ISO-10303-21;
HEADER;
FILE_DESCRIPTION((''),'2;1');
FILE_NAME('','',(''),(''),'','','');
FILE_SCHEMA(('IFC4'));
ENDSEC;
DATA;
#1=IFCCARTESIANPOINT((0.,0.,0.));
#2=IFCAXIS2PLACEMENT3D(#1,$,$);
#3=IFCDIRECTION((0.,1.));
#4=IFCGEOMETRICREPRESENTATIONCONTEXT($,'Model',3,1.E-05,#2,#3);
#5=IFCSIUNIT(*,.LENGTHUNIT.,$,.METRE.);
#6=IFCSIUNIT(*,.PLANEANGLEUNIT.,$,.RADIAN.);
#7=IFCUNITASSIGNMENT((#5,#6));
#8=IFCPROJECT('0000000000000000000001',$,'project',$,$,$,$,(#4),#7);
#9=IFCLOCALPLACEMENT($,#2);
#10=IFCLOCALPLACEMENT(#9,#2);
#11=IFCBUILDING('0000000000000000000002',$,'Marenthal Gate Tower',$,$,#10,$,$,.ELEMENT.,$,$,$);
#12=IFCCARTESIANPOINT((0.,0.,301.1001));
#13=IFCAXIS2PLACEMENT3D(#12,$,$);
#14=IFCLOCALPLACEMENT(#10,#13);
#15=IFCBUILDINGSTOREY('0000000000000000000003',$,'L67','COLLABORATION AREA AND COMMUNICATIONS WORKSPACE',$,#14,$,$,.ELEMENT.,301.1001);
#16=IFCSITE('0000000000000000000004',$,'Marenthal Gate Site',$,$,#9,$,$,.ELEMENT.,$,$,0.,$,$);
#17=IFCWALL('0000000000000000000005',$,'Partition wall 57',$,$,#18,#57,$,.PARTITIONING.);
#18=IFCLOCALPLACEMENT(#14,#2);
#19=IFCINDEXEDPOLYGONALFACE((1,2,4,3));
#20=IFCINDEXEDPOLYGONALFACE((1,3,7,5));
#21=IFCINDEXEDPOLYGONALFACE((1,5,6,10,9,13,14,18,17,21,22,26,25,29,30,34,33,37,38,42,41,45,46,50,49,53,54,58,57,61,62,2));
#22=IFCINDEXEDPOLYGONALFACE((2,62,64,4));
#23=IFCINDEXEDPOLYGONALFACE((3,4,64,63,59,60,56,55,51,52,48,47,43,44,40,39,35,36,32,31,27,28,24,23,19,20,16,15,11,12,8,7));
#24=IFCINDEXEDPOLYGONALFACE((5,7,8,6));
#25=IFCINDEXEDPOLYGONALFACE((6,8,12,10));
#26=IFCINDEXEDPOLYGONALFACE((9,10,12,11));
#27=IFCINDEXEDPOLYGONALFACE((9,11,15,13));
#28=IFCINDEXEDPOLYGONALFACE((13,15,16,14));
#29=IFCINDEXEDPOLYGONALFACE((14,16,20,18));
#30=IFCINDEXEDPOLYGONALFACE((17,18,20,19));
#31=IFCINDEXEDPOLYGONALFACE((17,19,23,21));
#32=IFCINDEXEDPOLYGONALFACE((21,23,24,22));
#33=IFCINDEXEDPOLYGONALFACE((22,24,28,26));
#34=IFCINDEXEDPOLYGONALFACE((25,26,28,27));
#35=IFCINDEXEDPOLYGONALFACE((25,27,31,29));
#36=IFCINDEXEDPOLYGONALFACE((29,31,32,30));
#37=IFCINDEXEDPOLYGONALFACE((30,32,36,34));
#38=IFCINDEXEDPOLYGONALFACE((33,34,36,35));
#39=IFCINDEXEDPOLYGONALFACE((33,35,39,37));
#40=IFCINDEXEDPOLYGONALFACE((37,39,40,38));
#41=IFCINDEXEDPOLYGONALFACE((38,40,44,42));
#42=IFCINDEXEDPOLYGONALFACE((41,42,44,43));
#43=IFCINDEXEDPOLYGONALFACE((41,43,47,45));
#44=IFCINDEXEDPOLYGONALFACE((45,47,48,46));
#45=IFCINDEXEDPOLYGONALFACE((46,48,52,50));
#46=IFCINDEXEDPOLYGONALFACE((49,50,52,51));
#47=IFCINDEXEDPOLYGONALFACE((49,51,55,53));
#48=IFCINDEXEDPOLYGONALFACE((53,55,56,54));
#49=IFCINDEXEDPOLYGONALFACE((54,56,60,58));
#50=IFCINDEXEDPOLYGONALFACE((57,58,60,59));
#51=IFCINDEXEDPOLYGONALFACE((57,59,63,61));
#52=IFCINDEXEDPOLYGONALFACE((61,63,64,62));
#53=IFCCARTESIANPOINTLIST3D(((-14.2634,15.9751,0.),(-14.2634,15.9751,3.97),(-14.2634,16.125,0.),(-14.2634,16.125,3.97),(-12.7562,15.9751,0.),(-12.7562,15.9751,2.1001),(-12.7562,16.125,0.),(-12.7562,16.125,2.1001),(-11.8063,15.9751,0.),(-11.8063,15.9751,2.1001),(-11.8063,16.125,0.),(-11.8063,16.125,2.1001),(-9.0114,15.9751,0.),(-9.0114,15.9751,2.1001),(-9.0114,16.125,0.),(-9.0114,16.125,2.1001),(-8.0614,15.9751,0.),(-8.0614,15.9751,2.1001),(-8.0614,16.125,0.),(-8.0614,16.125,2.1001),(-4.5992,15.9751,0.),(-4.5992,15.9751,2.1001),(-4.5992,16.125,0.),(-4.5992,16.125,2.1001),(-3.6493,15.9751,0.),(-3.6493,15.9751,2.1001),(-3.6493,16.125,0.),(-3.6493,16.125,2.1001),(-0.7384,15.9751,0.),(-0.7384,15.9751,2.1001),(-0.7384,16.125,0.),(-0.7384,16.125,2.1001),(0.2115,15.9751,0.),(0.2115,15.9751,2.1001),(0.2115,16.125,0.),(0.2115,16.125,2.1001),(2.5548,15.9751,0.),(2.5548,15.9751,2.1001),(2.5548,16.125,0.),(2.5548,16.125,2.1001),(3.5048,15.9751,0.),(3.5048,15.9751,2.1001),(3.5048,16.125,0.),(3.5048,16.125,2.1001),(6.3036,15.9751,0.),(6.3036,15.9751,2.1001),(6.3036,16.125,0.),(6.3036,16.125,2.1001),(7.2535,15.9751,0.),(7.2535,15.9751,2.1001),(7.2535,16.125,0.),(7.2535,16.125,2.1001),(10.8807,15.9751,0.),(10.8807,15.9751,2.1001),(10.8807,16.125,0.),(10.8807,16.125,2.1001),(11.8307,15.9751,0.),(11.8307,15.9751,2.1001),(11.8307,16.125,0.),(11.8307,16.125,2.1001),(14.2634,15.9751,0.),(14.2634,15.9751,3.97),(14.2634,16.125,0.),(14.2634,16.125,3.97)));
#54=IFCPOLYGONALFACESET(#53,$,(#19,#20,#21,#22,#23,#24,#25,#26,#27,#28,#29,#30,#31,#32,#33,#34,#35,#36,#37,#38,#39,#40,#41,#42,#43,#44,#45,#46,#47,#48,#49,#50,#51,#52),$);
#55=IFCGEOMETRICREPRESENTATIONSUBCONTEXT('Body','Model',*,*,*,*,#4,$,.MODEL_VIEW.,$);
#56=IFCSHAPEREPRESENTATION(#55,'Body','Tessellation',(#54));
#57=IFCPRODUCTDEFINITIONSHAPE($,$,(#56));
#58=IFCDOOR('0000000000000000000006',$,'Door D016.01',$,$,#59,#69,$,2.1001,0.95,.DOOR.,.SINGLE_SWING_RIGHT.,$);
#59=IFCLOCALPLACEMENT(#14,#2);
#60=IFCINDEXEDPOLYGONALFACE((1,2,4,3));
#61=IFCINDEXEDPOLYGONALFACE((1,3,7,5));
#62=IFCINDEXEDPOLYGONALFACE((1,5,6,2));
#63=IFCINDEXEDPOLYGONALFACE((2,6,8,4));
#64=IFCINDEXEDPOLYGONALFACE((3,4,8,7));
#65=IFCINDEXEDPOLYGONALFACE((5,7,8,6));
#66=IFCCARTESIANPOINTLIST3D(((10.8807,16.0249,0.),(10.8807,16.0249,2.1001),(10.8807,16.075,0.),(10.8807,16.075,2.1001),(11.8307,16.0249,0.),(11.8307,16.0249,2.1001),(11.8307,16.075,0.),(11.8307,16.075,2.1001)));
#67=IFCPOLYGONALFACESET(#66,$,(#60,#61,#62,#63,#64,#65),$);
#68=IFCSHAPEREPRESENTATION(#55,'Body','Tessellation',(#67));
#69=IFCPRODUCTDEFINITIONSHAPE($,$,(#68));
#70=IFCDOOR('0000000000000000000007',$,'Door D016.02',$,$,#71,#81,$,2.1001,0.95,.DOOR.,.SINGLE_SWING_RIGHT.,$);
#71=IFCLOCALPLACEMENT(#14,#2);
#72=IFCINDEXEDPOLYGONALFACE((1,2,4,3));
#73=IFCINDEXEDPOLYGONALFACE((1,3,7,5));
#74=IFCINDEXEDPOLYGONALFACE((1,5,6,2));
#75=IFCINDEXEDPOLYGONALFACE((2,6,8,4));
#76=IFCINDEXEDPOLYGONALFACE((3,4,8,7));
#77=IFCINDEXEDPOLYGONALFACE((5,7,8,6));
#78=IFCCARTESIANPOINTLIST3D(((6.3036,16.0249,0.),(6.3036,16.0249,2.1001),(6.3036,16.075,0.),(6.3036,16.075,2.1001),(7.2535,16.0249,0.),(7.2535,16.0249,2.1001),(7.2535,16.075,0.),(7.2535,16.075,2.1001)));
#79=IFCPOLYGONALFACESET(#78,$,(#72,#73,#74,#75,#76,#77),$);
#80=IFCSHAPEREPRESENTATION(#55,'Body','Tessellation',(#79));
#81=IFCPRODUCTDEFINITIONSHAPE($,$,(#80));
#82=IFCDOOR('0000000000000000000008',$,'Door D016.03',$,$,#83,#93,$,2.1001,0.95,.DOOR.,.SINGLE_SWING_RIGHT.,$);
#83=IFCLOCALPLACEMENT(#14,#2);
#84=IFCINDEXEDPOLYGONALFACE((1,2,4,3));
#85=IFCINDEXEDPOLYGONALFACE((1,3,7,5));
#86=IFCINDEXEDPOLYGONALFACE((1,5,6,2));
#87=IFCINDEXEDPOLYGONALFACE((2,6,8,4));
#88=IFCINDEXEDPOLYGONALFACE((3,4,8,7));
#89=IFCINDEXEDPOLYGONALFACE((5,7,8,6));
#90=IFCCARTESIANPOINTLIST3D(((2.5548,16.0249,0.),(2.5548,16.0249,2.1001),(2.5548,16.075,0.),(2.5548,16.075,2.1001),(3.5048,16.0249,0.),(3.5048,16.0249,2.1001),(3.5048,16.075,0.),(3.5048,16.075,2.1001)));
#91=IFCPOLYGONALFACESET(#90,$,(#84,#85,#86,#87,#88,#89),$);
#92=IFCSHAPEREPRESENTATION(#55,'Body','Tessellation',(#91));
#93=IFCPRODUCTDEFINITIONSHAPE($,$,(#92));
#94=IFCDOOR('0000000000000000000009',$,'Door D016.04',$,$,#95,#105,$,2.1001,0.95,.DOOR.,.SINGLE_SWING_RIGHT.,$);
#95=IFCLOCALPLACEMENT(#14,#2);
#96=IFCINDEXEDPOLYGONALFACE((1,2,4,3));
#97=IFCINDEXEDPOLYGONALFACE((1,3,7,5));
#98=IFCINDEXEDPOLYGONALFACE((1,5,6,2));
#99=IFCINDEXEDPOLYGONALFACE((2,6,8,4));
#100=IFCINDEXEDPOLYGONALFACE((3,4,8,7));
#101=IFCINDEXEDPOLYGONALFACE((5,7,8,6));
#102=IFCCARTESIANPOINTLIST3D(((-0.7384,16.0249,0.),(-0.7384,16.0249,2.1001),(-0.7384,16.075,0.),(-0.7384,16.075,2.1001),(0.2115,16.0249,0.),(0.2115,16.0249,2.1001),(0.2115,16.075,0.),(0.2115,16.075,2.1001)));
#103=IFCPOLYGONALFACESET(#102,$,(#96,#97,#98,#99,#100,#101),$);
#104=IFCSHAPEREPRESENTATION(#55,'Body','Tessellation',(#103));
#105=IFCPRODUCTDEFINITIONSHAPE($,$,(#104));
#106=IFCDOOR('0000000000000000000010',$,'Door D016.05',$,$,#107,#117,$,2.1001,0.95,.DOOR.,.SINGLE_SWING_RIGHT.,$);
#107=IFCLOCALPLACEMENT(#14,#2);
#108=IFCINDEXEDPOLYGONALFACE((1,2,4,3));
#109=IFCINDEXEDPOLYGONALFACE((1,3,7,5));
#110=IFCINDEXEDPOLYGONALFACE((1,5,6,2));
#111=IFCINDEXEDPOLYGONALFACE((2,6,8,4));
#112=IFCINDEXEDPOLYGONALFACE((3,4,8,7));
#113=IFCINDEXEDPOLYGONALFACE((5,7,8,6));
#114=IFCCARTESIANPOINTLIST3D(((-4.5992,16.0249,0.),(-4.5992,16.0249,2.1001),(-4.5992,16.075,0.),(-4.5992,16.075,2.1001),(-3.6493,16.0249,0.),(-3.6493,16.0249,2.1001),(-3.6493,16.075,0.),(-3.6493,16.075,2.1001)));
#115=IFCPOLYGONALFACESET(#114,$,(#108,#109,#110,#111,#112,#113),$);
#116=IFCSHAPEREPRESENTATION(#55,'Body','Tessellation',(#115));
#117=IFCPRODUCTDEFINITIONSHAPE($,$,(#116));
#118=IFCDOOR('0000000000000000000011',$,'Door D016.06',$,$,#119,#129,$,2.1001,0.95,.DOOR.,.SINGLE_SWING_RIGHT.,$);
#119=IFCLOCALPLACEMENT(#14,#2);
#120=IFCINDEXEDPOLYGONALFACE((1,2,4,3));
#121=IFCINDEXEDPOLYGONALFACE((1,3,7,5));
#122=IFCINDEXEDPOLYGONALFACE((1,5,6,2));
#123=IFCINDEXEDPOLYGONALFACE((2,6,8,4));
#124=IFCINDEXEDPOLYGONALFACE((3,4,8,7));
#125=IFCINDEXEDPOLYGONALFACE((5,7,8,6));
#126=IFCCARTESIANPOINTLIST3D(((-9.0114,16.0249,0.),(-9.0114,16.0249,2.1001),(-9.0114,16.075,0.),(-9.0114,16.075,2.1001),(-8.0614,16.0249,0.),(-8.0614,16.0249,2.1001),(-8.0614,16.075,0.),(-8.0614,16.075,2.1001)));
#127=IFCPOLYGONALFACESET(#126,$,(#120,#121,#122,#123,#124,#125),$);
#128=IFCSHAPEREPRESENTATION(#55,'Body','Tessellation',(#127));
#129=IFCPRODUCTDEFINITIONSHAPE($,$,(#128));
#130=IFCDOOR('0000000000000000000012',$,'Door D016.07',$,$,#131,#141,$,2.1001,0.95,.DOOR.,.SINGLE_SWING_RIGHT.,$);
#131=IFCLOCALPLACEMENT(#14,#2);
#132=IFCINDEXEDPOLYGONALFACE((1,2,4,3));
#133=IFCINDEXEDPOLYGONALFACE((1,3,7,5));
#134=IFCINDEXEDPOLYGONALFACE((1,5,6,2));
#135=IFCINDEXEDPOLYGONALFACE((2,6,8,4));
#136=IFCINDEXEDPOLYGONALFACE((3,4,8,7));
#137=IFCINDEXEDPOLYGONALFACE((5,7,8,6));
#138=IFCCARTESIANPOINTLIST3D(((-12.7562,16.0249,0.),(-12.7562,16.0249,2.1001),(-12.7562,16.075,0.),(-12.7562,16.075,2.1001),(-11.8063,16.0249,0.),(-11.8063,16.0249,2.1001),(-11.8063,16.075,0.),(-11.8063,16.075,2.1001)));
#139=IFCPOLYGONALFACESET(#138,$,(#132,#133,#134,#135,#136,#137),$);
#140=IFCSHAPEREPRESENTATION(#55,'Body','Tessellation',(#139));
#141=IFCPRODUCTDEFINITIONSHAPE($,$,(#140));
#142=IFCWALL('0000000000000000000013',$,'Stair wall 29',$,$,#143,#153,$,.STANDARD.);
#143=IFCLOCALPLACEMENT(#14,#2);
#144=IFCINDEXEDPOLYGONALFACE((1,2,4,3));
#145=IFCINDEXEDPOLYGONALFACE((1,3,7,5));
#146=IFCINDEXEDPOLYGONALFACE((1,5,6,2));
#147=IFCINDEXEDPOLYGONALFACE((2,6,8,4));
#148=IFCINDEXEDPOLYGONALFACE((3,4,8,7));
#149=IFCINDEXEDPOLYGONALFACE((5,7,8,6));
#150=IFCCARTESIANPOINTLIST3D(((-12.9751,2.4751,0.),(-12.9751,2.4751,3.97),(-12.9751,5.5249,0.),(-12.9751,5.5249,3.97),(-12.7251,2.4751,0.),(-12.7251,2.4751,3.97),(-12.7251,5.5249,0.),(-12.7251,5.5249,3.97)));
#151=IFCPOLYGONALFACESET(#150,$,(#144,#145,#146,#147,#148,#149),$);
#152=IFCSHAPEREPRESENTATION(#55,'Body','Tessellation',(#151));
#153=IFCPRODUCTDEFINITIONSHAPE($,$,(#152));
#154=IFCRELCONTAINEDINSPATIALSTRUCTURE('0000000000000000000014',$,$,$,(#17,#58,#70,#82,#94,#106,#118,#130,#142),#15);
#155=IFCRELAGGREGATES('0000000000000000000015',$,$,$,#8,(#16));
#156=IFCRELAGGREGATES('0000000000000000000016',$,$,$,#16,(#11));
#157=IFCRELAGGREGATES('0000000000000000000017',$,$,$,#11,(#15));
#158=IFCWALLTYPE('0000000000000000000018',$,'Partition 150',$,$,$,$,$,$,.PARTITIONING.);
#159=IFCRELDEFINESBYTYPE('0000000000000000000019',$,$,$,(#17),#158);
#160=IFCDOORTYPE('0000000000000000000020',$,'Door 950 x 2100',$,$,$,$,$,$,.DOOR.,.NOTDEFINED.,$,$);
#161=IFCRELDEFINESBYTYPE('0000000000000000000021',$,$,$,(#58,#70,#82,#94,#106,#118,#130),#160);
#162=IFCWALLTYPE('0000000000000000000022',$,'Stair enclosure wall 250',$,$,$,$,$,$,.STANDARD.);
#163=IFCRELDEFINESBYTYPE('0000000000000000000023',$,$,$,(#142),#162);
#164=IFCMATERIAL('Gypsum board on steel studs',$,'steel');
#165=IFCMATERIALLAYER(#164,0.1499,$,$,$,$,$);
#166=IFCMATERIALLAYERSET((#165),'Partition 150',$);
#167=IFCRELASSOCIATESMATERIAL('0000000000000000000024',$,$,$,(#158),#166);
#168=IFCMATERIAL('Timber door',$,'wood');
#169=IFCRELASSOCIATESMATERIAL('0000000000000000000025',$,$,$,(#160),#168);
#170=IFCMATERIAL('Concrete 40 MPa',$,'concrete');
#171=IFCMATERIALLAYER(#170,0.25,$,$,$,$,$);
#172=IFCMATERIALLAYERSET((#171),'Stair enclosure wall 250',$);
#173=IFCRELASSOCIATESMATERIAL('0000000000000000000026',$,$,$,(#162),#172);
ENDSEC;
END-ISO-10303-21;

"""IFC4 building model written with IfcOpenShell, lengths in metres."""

from ifc_helpers import new_model, si_unit, direction, frame, frame_2d, origin, place, context, subcontext, project, spatial, rectangle, extrude, material, layer, layer_set, type_object, element, fill, save


model = new_model("IFC4")

# Units and contexts
model_context = context("Model", 3, precision=1e-05, world=origin(), true_north=direction((0.0, 1.0)))
body_context = subcontext(model_context, "Body", "Model", "MODEL_VIEW")
ifc_project = project(units=[si_unit("LENGTHUNIT", "METRE"), si_unit("PLANEANGLEUNIT", "RADIAN")], contexts=[model_context])

# Site, building, storey
site_placement = place(None, origin())
site = spatial("IfcSite", under=ifc_project, at=site_placement, Name="Marenthal Gate Site", CompositionType="ELEMENT", RefElevation=0.0)
building_placement = place(site_placement, origin())
building = spatial("IfcBuilding", under=site, at=building_placement, Name="Marenthal Gate Tower", CompositionType="ELEMENT")
storey_placement = place(building_placement, frame((0.0, 0.0, 301.1001)))
storey = spatial("IfcBuildingStorey", under=building, at=storey_placement, Name="L67", Description="COLLABORATION AREA AND COMMUNICATIONS WORKSPACE", CompositionType="ELEMENT", Elevation=301.1001)

# Shared definitions
ifc_material_1 = material(Name="Gypsum board on steel studs", Category="steel")
ifc_layer_1 = layer(ifc_material_1, 0.1499)
ifc_layer_set_1 = layer_set([ifc_layer_1], Name="Partition 150")
wall_type_1 = type_object("IfcWallType", Name="Partition 150", PredefinedType="PARTITIONING", material=ifc_layer_set_1)

# Wall, openings, doors
wall_1_placement = place(storey_placement, frame((-14.2634, 16.05, 0.0), z_axis=(0.0, 0.0, 1.0), x_axis=(1.0, 0.0, 0.0)))
wall_1 = element("IfcWall", 1, at=wall_1_placement, inside=storey, type_object=wall_type_1, Name="Partition wall 57", PredefinedType="PARTITIONING", context=body_context, shape_type="SweptSolid", body=[
    extrude(rectangle(XDim=28.5269, YDim=0.1499, at=frame_2d((14.2634, 0.0))), origin(), (0.0, 0.0, 1.0), 3.97),
])
opening_1_placement = place(wall_1_placement, frame((25.144, 0.0, 0.0)))
opening_1 = element("IfcOpeningElement", 2, at=opening_1_placement, cuts=wall_1, PredefinedType="OPENING", context=body_context, shape_type="SweptSolid", body=[
    extrude(rectangle(XDim=0.95, YDim=2.1001, at=frame_2d((0.4751, 1.05))), frame((0.0, 0.085, 0.0), z_axis=(0.0, -1.0, 0.0), x_axis=(1.0, 0.0, 0.0)), (0.0, 0.0, 1.0), 0.1699),
])
opening_2_placement = place(wall_1_placement, frame((20.5669, 0.0, 0.0)))
opening_2 = element("IfcOpeningElement", 3, at=opening_2_placement, cuts=wall_1, PredefinedType="OPENING", context=body_context, shape_type="SweptSolid", body=[
    extrude(rectangle(XDim=0.95, YDim=2.1001, at=frame_2d((0.4751, 1.05))), frame((0.0, 0.085, 0.0), z_axis=(0.0, -1.0, 0.0), x_axis=(1.0, 0.0, 0.0)), (0.0, 0.0, 1.0), 0.1699),
])
opening_3_placement = place(wall_1_placement, frame((16.8181, 0.0, 0.0)))
opening_3 = element("IfcOpeningElement", 4, at=opening_3_placement, cuts=wall_1, PredefinedType="OPENING", context=body_context, shape_type="SweptSolid", body=[
    extrude(rectangle(XDim=0.95, YDim=2.1001, at=frame_2d((0.4751, 1.05))), frame((0.0, 0.085, 0.0), z_axis=(0.0, -1.0, 0.0), x_axis=(1.0, 0.0, 0.0)), (0.0, 0.0, 1.0), 0.1699),
])
opening_4_placement = place(wall_1_placement, frame((13.5249, 0.0, 0.0)))
opening_4 = element("IfcOpeningElement", 5, at=opening_4_placement, cuts=wall_1, PredefinedType="OPENING", context=body_context, shape_type="SweptSolid", body=[
    extrude(rectangle(XDim=0.95, YDim=2.1001, at=frame_2d((0.4751, 1.05))), frame((0.0, 0.085, 0.0), z_axis=(0.0, -1.0, 0.0), x_axis=(1.0, 0.0, 0.0)), (0.0, 0.0, 1.0), 0.1699),
])
opening_5_placement = place(wall_1_placement, frame((9.6641, 0.0, 0.0)))
opening_5 = element("IfcOpeningElement", 6, at=opening_5_placement, cuts=wall_1, PredefinedType="OPENING", context=body_context, shape_type="SweptSolid", body=[
    extrude(rectangle(XDim=0.95, YDim=2.1001, at=frame_2d((0.4751, 1.05))), frame((0.0, 0.085, 0.0), z_axis=(0.0, -1.0, 0.0), x_axis=(1.0, 0.0, 0.0)), (0.0, 0.0, 1.0), 0.1699),
])
opening_6_placement = place(wall_1_placement, frame((5.252, 0.0, 0.0)))
opening_6 = element("IfcOpeningElement", 7, at=opening_6_placement, cuts=wall_1, PredefinedType="OPENING", context=body_context, shape_type="SweptSolid", body=[
    extrude(rectangle(XDim=0.95, YDim=2.1001, at=frame_2d((0.4751, 1.05))), frame((0.0, 0.085, 0.0), z_axis=(0.0, -1.0, 0.0), x_axis=(1.0, 0.0, 0.0)), (0.0, 0.0, 1.0), 0.1699),
])
opening_7_placement = place(wall_1_placement, frame((1.5071, 0.0, 0.0)))
opening_7 = element("IfcOpeningElement", 8, at=opening_7_placement, cuts=wall_1, PredefinedType="OPENING", context=body_context, shape_type="SweptSolid", body=[
    extrude(rectangle(XDim=0.95, YDim=2.1001, at=frame_2d((0.4751, 1.05))), frame((0.0, 0.085, 0.0), z_axis=(0.0, -1.0, 0.0), x_axis=(1.0, 0.0, 0.0)), (0.0, 0.0, 1.0), 0.1699),
])
ifc_material_2 = material(Name="Timber door", Category="wood")
door_type_1 = type_object("IfcDoorType", Name="Door 950 x 2100", OperationType="NOTDEFINED", PredefinedType="DOOR", material=ifc_material_2)
door_1_placement = place(opening_1_placement, origin())
door_1 = element("IfcDoor", 9, at=door_1_placement, inside=storey, type_object=door_type_1, Name="Door D016.01", OperationType="SINGLE_SWING_RIGHT", OverallHeight=2.1001, OverallWidth=0.95, PredefinedType="DOOR", context=body_context, shape_type="SweptSolid", body=[
    extrude(rectangle(XDim=0.95, YDim=2.1001, at=frame_2d((0.4751, 1.05))), frame((0.0, 0.0249, 0.0), z_axis=(0.0, -1.0, 0.0), x_axis=(1.0, 0.0, 0.0)), (0.0, 0.0, 1.0), 0.05),
])
fill(opening_1, door_1)
door_2_placement = place(opening_2_placement, origin())
door_2 = element("IfcDoor", 10, at=door_2_placement, inside=storey, type_object=door_type_1, Name="Door D016.02", OperationType="SINGLE_SWING_RIGHT", OverallHeight=2.1001, OverallWidth=0.95, PredefinedType="DOOR", context=body_context, shape_type="SweptSolid", body=[
    extrude(rectangle(XDim=0.95, YDim=2.1001, at=frame_2d((0.4751, 1.05))), frame((0.0, 0.0249, 0.0), z_axis=(0.0, -1.0, 0.0), x_axis=(1.0, 0.0, 0.0)), (0.0, 0.0, 1.0), 0.05),
])
fill(opening_2, door_2)
door_3_placement = place(opening_3_placement, origin())
door_3 = element("IfcDoor", 11, at=door_3_placement, inside=storey, type_object=door_type_1, Name="Door D016.03", OperationType="SINGLE_SWING_RIGHT", OverallHeight=2.1001, OverallWidth=0.95, PredefinedType="DOOR", context=body_context, shape_type="SweptSolid", body=[
    extrude(rectangle(XDim=0.95, YDim=2.1001, at=frame_2d((0.4751, 1.05))), frame((0.0, 0.0249, 0.0), z_axis=(0.0, -1.0, 0.0), x_axis=(1.0, 0.0, 0.0)), (0.0, 0.0, 1.0), 0.05),
])
fill(opening_3, door_3)
door_4_placement = place(opening_4_placement, origin())
door_4 = element("IfcDoor", 12, at=door_4_placement, inside=storey, type_object=door_type_1, Name="Door D016.04", OperationType="SINGLE_SWING_RIGHT", OverallHeight=2.1001, OverallWidth=0.95, PredefinedType="DOOR", context=body_context, shape_type="SweptSolid", body=[
    extrude(rectangle(XDim=0.95, YDim=2.1001, at=frame_2d((0.4751, 1.05))), frame((0.0, 0.0249, 0.0), z_axis=(0.0, -1.0, 0.0), x_axis=(1.0, 0.0, 0.0)), (0.0, 0.0, 1.0), 0.05),
])
fill(opening_4, door_4)
door_5_placement = place(opening_5_placement, origin())
door_5 = element("IfcDoor", 13, at=door_5_placement, inside=storey, type_object=door_type_1, Name="Door D016.05", OperationType="SINGLE_SWING_RIGHT", OverallHeight=2.1001, OverallWidth=0.95, PredefinedType="DOOR", context=body_context, shape_type="SweptSolid", body=[
    extrude(rectangle(XDim=0.95, YDim=2.1001, at=frame_2d((0.4751, 1.05))), frame((0.0, 0.0249, 0.0), z_axis=(0.0, -1.0, 0.0), x_axis=(1.0, 0.0, 0.0)), (0.0, 0.0, 1.0), 0.05),
])
fill(opening_5, door_5)
door_6_placement = place(opening_6_placement, origin())
door_6 = element("IfcDoor", 14, at=door_6_placement, inside=storey, type_object=door_type_1, Name="Door D016.06", OperationType="SINGLE_SWING_RIGHT", OverallHeight=2.1001, OverallWidth=0.95, PredefinedType="DOOR", context=body_context, shape_type="SweptSolid", body=[
    extrude(rectangle(XDim=0.95, YDim=2.1001, at=frame_2d((0.4751, 1.05))), frame((0.0, 0.0249, 0.0), z_axis=(0.0, -1.0, 0.0), x_axis=(1.0, 0.0, 0.0)), (0.0, 0.0, 1.0), 0.05),
])
fill(opening_6, door_6)
door_7_placement = place(opening_7_placement, origin())
door_7 = element("IfcDoor", 15, at=door_7_placement, inside=storey, type_object=door_type_1, Name="Door D016.07", OperationType="SINGLE_SWING_RIGHT", OverallHeight=2.1001, OverallWidth=0.95, PredefinedType="DOOR", context=body_context, shape_type="SweptSolid", body=[
    extrude(rectangle(XDim=0.95, YDim=2.1001, at=frame_2d((0.4751, 1.05))), frame((0.0, 0.0249, 0.0), z_axis=(0.0, -1.0, 0.0), x_axis=(1.0, 0.0, 0.0)), (0.0, 0.0, 1.0), 0.05),
])
fill(opening_7, door_7)

# Wall
ifc_material_3 = material(Name="Concrete 40 MPa", Category="concrete")
ifc_layer_2 = layer(ifc_material_3, 0.25)
ifc_layer_set_2 = layer_set([ifc_layer_2], Name="Stair enclosure wall 250")
wall_type_2 = type_object("IfcWallType", Name="Stair enclosure wall 250", PredefinedType="STANDARD", material=ifc_layer_set_2)
wall_2_placement = place(storey_placement, frame((-12.8501, 2.4751, 0.0), z_axis=(0.0, 0.0, 1.0), x_axis=(0.0, 1.0, 0.0)))
element("IfcWall", 16, at=wall_2_placement, inside=storey, type_object=wall_type_2, Name="Stair wall 29", PredefinedType="STANDARD", context=body_context, shape_type="SweptSolid", body=[
    extrude(rectangle(XDim=3.0498, YDim=0.25, at=frame_2d((1.5249, 0.0))), origin(), (0.0, 0.0, 1.0), 3.97),
])

save(model, "model.ifc")
